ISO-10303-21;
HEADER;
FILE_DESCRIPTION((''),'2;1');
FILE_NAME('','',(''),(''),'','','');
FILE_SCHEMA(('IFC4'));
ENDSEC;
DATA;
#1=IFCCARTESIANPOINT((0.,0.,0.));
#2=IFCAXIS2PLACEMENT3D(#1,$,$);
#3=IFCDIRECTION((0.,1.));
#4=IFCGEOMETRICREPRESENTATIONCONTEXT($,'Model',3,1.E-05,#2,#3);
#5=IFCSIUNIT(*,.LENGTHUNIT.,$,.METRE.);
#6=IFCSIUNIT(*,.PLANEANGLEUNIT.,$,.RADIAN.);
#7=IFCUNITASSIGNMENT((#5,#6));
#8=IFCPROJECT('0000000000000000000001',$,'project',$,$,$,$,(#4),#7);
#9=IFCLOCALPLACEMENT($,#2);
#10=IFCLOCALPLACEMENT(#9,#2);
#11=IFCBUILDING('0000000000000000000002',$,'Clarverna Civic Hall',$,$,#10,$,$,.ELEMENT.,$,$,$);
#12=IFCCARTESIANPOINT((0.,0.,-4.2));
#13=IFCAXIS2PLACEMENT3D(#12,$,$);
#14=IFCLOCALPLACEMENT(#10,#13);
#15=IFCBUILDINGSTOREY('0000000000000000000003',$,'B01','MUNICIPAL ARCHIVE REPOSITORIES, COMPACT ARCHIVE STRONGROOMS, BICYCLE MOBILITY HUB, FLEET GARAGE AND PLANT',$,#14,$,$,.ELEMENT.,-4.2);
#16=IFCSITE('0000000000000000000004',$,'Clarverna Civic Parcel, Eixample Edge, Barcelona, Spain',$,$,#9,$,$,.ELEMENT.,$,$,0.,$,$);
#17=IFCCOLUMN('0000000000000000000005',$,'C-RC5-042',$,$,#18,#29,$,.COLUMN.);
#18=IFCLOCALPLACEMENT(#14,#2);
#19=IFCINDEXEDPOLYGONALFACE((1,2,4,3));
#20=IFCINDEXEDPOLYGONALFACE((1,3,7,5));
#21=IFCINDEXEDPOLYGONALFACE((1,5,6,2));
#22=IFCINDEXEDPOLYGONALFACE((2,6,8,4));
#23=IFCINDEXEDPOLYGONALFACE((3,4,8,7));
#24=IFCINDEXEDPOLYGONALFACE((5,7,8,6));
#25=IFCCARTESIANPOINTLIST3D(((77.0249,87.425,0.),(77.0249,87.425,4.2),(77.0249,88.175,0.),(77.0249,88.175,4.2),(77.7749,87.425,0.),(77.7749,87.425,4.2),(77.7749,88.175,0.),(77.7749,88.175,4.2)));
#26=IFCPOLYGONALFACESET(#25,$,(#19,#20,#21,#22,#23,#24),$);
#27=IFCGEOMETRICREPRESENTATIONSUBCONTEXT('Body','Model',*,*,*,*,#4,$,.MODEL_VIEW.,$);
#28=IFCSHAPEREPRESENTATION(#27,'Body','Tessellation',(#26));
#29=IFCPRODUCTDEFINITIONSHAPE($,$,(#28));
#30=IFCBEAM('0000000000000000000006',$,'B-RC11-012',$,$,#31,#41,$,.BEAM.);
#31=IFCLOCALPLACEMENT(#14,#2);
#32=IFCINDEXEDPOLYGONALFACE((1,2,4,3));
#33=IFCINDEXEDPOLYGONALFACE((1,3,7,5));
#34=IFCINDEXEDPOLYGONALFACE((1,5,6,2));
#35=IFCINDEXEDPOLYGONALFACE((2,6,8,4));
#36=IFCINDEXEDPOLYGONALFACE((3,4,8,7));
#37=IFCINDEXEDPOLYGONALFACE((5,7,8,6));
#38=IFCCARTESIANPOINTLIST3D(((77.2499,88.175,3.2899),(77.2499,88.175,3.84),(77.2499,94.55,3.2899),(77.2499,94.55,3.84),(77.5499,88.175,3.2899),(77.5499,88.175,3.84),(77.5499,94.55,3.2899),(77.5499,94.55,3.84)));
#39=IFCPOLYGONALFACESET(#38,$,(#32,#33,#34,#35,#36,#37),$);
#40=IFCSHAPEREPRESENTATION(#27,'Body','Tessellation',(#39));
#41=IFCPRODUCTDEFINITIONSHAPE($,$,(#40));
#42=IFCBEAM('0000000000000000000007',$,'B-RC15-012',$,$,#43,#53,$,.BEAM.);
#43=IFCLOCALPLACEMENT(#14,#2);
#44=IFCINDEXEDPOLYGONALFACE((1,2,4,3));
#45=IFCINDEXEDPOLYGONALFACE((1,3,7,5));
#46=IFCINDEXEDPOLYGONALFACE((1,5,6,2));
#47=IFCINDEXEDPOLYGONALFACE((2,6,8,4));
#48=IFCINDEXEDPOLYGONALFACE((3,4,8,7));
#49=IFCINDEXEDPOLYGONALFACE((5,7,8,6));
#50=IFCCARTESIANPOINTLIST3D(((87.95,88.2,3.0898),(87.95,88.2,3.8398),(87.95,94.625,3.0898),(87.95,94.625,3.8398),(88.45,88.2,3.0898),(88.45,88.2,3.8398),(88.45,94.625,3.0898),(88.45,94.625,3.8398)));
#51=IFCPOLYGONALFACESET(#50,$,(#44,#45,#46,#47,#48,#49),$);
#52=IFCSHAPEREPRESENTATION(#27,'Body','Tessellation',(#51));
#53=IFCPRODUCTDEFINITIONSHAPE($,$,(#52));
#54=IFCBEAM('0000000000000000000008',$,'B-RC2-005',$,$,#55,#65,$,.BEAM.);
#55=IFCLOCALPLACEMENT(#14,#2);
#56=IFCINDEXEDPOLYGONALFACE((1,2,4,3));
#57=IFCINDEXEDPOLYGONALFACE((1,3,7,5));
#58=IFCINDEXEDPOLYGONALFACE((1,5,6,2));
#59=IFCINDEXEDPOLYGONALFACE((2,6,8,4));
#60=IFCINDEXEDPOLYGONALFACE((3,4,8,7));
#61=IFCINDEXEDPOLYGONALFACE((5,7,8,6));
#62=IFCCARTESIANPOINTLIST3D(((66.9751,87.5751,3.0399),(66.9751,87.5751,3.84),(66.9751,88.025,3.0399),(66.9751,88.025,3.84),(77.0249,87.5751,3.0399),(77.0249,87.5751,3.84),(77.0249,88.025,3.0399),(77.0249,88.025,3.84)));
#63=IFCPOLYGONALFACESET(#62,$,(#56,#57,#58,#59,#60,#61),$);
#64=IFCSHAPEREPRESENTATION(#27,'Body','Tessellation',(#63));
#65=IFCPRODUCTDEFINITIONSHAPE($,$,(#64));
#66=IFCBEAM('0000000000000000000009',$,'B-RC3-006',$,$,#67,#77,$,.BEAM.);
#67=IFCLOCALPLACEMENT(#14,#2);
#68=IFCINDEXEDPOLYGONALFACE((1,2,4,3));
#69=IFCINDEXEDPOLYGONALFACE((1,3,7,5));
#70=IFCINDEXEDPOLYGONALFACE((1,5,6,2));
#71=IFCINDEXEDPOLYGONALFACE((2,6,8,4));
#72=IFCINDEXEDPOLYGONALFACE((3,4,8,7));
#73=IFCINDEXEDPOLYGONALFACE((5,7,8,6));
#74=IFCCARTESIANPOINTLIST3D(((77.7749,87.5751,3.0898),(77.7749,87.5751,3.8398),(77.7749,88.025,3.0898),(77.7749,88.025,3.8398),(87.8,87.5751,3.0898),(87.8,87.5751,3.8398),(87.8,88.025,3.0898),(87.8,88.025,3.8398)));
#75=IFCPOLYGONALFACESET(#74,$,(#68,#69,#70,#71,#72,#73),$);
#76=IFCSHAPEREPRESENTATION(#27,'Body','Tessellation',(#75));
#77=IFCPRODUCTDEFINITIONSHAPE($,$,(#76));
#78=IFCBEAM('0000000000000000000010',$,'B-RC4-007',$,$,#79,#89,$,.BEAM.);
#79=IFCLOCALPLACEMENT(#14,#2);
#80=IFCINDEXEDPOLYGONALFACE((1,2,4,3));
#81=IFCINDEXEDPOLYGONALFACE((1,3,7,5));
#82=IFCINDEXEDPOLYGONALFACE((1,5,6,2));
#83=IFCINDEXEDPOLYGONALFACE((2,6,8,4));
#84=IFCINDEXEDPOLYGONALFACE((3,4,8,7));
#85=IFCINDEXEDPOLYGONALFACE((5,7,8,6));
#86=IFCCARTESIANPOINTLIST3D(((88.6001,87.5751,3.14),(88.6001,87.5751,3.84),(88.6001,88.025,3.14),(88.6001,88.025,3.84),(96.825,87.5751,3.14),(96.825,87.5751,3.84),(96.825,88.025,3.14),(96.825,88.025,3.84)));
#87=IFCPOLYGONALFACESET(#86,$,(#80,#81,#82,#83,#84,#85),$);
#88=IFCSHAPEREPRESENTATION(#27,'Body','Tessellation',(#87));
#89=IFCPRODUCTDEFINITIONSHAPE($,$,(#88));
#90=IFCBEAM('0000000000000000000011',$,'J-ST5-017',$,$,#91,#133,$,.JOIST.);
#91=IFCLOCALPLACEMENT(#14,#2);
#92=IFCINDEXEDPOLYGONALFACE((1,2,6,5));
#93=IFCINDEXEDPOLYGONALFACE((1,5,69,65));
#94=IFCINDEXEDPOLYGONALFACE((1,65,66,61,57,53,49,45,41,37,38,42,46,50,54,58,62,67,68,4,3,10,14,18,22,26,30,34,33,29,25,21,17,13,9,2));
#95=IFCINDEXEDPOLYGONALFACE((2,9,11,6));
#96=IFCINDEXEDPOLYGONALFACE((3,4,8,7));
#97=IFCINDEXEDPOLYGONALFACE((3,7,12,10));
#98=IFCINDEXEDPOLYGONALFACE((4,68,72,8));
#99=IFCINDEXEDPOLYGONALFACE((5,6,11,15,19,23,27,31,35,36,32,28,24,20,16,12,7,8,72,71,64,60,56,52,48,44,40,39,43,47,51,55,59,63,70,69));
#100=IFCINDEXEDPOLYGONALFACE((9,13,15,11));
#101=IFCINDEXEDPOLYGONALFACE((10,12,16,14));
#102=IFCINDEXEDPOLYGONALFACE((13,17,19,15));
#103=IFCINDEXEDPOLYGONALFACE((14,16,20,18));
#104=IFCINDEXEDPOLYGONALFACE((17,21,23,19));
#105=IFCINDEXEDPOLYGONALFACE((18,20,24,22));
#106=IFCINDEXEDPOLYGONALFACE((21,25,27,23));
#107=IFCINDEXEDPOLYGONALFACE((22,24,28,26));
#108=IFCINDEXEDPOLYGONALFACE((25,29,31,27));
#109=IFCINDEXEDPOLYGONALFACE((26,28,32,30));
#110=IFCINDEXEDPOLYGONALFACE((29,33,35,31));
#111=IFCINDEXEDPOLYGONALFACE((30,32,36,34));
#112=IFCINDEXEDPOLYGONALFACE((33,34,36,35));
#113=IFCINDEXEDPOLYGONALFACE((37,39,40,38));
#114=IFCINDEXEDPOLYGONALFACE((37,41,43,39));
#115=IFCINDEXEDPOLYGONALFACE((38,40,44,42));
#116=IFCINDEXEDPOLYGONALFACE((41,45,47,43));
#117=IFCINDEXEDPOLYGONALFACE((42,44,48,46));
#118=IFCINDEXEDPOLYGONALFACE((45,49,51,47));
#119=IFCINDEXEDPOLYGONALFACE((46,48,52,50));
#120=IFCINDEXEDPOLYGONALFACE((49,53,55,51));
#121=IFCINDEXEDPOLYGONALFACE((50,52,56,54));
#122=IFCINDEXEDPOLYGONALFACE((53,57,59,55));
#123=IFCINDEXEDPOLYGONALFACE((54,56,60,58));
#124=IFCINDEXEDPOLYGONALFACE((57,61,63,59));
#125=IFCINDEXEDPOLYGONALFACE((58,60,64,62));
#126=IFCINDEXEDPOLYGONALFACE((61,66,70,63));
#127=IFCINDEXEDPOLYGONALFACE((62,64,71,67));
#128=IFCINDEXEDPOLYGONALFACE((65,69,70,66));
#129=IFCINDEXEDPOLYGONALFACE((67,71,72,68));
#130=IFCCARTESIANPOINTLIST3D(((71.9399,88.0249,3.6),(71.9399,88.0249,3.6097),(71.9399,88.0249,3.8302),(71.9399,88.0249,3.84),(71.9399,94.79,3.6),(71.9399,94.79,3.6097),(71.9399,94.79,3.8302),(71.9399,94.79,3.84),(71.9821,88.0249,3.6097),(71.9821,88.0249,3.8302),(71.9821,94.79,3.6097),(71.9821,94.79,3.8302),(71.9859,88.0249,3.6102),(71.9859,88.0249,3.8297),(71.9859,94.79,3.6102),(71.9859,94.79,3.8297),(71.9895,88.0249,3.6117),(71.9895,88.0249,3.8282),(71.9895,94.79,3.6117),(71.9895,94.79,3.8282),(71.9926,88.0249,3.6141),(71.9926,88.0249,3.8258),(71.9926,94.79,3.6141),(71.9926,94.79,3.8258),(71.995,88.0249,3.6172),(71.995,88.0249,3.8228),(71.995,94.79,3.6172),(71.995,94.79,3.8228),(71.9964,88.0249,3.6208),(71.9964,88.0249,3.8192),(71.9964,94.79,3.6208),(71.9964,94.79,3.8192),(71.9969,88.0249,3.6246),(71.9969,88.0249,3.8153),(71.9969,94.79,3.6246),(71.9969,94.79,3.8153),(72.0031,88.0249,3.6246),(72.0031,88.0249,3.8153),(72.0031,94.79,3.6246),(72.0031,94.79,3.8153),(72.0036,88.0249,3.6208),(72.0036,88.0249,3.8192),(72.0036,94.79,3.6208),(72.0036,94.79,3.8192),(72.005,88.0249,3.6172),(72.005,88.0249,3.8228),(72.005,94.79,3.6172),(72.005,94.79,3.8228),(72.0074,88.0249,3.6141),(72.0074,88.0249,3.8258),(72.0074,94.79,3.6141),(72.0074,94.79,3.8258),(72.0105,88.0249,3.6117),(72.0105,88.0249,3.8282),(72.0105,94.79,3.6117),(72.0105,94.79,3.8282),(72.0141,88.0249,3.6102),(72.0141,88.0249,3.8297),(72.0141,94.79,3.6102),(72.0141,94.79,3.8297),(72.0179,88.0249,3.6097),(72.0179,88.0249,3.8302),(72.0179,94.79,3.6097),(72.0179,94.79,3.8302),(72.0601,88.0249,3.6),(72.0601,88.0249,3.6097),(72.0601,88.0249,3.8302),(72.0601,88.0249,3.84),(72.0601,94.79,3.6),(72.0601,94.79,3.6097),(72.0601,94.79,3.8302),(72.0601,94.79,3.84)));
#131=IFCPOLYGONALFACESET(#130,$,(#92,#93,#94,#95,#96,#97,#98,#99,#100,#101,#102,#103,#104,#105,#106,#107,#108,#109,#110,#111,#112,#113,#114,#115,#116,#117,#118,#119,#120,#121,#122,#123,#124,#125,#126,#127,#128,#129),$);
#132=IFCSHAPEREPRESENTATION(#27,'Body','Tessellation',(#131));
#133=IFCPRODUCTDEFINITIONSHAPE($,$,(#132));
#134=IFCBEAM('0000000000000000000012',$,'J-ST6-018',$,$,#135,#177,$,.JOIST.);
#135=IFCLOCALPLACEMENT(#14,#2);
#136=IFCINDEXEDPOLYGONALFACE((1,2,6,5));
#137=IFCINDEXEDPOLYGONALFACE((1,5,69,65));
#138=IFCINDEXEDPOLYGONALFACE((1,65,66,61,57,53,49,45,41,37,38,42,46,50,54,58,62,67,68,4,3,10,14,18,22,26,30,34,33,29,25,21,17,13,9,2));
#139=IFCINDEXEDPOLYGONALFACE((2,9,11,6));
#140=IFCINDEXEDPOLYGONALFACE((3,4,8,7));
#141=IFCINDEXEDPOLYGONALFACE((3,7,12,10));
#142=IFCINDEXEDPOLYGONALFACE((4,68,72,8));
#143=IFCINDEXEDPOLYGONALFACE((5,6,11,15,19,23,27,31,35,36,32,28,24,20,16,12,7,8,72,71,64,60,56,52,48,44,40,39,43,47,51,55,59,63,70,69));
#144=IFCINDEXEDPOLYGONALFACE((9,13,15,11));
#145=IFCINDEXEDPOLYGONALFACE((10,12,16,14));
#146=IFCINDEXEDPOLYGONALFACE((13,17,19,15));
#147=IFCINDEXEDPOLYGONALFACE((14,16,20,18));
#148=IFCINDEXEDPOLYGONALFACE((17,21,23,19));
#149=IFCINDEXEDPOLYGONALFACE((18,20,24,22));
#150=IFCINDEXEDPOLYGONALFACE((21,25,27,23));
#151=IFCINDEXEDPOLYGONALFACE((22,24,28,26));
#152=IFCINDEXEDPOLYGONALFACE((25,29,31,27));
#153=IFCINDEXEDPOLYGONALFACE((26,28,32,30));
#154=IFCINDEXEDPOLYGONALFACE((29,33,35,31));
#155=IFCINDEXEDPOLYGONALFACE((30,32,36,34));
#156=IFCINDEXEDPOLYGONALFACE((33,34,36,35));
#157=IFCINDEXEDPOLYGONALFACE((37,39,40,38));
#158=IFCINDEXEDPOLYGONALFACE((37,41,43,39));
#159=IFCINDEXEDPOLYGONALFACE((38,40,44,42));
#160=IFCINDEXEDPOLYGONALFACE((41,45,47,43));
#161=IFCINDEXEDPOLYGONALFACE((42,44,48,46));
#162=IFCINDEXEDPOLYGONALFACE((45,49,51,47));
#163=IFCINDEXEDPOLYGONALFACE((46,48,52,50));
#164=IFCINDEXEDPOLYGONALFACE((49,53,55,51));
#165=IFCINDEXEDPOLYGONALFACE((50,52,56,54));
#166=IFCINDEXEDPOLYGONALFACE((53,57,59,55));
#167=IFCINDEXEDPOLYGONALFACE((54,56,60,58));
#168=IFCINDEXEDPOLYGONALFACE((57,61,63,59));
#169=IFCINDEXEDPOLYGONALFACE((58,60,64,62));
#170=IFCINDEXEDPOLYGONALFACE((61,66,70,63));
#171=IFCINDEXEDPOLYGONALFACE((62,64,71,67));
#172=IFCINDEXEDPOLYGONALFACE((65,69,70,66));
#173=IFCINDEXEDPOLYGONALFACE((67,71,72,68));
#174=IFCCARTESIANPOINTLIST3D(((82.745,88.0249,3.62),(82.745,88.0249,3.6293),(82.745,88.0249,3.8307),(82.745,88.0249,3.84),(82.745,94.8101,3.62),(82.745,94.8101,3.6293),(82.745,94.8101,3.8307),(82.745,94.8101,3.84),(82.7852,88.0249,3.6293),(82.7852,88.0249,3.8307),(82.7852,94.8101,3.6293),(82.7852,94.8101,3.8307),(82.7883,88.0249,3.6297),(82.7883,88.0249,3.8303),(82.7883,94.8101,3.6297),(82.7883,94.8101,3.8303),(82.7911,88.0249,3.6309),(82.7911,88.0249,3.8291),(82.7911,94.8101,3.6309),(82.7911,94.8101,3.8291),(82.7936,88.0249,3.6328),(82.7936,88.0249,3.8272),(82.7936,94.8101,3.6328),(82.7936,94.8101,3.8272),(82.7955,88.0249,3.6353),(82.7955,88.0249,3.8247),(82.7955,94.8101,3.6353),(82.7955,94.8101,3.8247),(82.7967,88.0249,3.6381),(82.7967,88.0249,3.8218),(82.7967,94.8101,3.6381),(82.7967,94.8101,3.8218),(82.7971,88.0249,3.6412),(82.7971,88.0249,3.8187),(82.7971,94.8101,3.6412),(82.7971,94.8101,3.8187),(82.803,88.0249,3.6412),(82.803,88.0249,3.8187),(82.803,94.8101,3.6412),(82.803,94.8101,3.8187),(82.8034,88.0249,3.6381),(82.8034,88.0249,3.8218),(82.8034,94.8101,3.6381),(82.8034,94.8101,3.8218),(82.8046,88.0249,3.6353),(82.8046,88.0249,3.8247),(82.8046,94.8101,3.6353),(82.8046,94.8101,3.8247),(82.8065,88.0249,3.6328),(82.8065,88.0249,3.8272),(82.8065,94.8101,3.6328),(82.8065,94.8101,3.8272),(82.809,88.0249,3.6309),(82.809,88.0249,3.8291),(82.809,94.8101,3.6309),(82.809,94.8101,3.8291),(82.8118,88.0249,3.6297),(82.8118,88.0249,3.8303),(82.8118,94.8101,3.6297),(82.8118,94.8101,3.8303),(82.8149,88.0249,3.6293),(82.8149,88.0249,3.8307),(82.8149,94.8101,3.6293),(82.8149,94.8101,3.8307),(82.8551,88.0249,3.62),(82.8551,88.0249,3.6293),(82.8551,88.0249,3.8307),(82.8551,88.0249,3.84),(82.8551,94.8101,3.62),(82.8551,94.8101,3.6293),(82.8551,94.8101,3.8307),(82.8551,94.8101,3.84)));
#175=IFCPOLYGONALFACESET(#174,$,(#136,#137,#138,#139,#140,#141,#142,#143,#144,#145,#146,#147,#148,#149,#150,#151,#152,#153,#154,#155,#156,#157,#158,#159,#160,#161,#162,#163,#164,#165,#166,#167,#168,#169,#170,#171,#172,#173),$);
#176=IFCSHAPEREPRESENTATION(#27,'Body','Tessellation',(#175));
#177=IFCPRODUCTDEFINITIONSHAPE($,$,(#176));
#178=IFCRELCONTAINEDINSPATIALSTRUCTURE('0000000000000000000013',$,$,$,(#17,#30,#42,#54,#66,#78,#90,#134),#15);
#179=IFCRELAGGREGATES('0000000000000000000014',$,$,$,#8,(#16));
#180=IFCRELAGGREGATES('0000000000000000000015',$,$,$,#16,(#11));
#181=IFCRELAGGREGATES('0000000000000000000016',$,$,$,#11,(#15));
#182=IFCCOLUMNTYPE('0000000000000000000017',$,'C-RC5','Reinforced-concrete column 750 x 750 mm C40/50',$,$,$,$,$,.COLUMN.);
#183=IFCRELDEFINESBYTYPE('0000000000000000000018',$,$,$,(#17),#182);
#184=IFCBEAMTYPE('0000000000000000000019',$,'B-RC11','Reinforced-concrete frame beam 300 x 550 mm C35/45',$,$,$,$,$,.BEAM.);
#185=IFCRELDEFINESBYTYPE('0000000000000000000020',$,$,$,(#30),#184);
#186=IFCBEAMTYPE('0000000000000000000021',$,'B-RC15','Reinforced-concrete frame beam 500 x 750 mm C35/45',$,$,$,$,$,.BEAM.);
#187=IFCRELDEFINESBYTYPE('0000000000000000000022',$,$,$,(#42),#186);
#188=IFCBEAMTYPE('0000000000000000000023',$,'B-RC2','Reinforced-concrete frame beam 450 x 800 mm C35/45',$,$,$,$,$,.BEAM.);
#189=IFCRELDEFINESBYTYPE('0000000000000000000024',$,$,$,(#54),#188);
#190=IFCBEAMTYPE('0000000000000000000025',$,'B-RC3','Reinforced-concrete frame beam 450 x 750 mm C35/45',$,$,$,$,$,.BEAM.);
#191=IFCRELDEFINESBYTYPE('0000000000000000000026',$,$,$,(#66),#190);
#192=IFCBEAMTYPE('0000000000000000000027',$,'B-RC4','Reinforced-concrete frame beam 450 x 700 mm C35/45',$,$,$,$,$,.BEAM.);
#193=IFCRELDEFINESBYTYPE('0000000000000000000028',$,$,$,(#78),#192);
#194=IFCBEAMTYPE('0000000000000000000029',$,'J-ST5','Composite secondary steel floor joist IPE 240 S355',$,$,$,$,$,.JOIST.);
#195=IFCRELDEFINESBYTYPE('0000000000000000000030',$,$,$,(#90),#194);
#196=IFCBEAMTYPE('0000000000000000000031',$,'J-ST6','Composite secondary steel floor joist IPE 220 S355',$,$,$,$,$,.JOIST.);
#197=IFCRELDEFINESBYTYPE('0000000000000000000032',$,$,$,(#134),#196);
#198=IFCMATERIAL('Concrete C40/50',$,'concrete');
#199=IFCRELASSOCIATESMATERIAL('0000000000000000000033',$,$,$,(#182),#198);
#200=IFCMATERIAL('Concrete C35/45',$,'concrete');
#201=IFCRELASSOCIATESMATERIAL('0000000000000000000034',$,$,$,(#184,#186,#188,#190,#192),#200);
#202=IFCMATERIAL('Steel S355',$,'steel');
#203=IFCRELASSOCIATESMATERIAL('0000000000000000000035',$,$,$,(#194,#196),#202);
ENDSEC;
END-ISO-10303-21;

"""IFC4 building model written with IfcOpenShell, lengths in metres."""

from ifc_helpers import new_model, si_unit, direction, frame, origin, origin_2d, place, context, subcontext, project, spatial, rectangle, i_section, extrude, material, material_profile, profile_set, type_object, element, save


model = new_model("IFC4")

# Units and contexts
model_context = context("Model", 3, precision=1e-05, world=origin(), true_north=direction((0.0, 1.0)))
body_context = subcontext(model_context, "Body", "Model", "MODEL_VIEW")
ifc_project = project(units=[si_unit("LENGTHUNIT", "METRE"), si_unit("PLANEANGLEUNIT", "RADIAN")], contexts=[model_context])

# Site, building, storey
site_placement = place(None, origin())
site = spatial("IfcSite", under=ifc_project, at=site_placement, Name="Clarverna Civic Parcel, Eixample Edge, Barcelona, Spain", CompositionType="ELEMENT", RefElevation=0.0)
building_placement = place(site_placement, origin())
building = spatial("IfcBuilding", under=site, at=building_placement, Name="Clarverna Civic Hall", CompositionType="ELEMENT")
storey_placement = place(building_placement, frame((0.0, 0.0, -4.2)))
storey = spatial("IfcBuildingStorey", under=building, at=storey_placement, Name="B01", Description="MUNICIPAL ARCHIVE REPOSITORIES, COMPACT ARCHIVE STRONGROOMS, BICYCLE MOBILITY HUB, FLEET GARAGE AND PLANT", CompositionType="ELEMENT", Elevation=-4.2)

# Column
ifc_material_1 = material(Name="Concrete C40/50", Category="concrete")
ifc_material_profile_1 = material_profile(ifc_material_1, rectangle(XDim=0.75, YDim=0.75, at=origin_2d()), Name="RC 750x750")
ifc_profile_set_1 = profile_set([ifc_material_profile_1], Name="Concrete C40/50")
column_type_1 = type_object("IfcColumnType", Name="C-RC5", Description="Reinforced-concrete column 750 x 750 mm C40/50", PredefinedType="COLUMN", material=ifc_profile_set_1)
column_1_placement = place(storey_placement, frame((77.3999, 87.8, 0.0), z_axis=(0.0, 0.0, 1.0), x_axis=(1.0, 0.0, 0.0)))
element("IfcColumn", 1, at=column_1_placement, inside=storey, type_object=column_type_1, Name="C-RC5-042", PredefinedType="COLUMN", context=body_context, shape_type="SweptSolid", body=[
    extrude(rectangle(XDim=0.75, YDim=0.75, at=origin_2d()), origin(), (0.0, 0.0, 1.0), 4.2),
])

# Beams
ifc_material_2 = material(Name="Concrete C35/45", Category="concrete")
ifc_material_profile_2 = material_profile(ifc_material_2, rectangle(XDim=0.3, YDim=0.55, at=origin_2d()), Name="RC 300x550")
ifc_profile_set_2 = profile_set([ifc_material_profile_2], Name="Concrete C35/45")
beam_type_1 = type_object("IfcBeamType", Name="B-RC11", Description="Reinforced-concrete frame beam 300 x 550 mm C35/45", PredefinedType="BEAM", material=ifc_profile_set_2)
beam_1_placement = place(storey_placement, frame((77.3999, 88.175, 3.5649), z_axis=(0.0, 1.0, 0.0), x_axis=(-1.0, 0.0, 0.0)))
element("IfcBeam", 2, at=beam_1_placement, inside=storey, type_object=beam_type_1, Name="B-RC11-012", PredefinedType="BEAM", context=body_context, shape_type="SweptSolid", body=[
    extrude(rectangle(XDim=0.3, YDim=0.55, at=origin_2d()), origin(), (0.0, 0.0, 1.0), 6.375),
])
ifc_material_profile_3 = material_profile(ifc_material_2, rectangle(XDim=0.5, YDim=0.75, at=origin_2d()), Name="RC 500x750")
ifc_profile_set_3 = profile_set([ifc_material_profile_3], Name="Concrete C35/45")
beam_type_2 = type_object("IfcBeamType", Name="B-RC15", Description="Reinforced-concrete frame beam 500 x 750 mm C35/45", PredefinedType="BEAM", material=ifc_profile_set_3)
beam_2_placement = place(storey_placement, frame((88.2, 88.2, 3.4648), z_axis=(0.0, 1.0, 0.0), x_axis=(-1.0, 0.0, 0.0)))
element("IfcBeam", 3, at=beam_2_placement, inside=storey, type_object=beam_type_2, Name="B-RC15-012", PredefinedType="BEAM", context=body_context, shape_type="SweptSolid", body=[
    extrude(rectangle(XDim=0.5, YDim=0.75, at=origin_2d()), origin(), (0.0, 0.0, 1.0), 6.425),
])
ifc_material_profile_4 = material_profile(ifc_material_2, rectangle(XDim=0.45, YDim=0.8, at=origin_2d()), Name="RC 450x800")
ifc_profile_set_4 = profile_set([ifc_material_profile_4], Name="Concrete C35/45")
beam_type_3 = type_object("IfcBeamType", Name="B-RC2", Description="Reinforced-concrete frame beam 450 x 800 mm C35/45", PredefinedType="BEAM", material=ifc_profile_set_4)
beam_3_placement = place(storey_placement, frame((66.9751, 87.8, 3.4399), z_axis=(1.0, 0.0, 0.0), x_axis=(0.0, 1.0, 0.0)))
element("IfcBeam", 4, at=beam_3_placement, inside=storey, type_object=beam_type_3, Name="B-RC2-005", PredefinedType="BEAM", context=body_context, shape_type="SweptSolid", body=[
    extrude(rectangle(XDim=0.45, YDim=0.8, at=origin_2d()), origin(), (0.0, 0.0, 1.0), 10.0498),
])
ifc_material_profile_5 = material_profile(ifc_material_2, rectangle(XDim=0.45, YDim=0.75, at=origin_2d()), Name="RC 450x750")
ifc_profile_set_5 = profile_set([ifc_material_profile_5], Name="Concrete C35/45")
beam_type_4 = type_object("IfcBeamType", Name="B-RC3", Description="Reinforced-concrete frame beam 450 x 750 mm C35/45", PredefinedType="BEAM", material=ifc_profile_set_5)
beam_4_placement = place(storey_placement, frame((77.7749, 87.8, 3.4648), z_axis=(1.0, 0.0, 0.0), x_axis=(0.0, 1.0, 0.0)))
element("IfcBeam", 5, at=beam_4_placement, inside=storey, type_object=beam_type_4, Name="B-RC3-006", PredefinedType="BEAM", context=body_context, shape_type="SweptSolid", body=[
    extrude(rectangle(XDim=0.45, YDim=0.75, at=origin_2d()), origin(), (0.0, 0.0, 1.0), 10.0251),
])
ifc_material_profile_6 = material_profile(ifc_material_2, rectangle(XDim=0.45, YDim=0.7, at=origin_2d()), Name="RC 450x700")
ifc_profile_set_6 = profile_set([ifc_material_profile_6], Name="Concrete C35/45")
beam_type_5 = type_object("IfcBeamType", Name="B-RC4", Description="Reinforced-concrete frame beam 450 x 700 mm C35/45", PredefinedType="BEAM", material=ifc_profile_set_6)
beam_5_placement = place(storey_placement, frame((88.6001, 87.8, 3.49), z_axis=(1.0, 0.0, 0.0), x_axis=(0.0, 1.0, 0.0)))
element("IfcBeam", 6, at=beam_5_placement, inside=storey, type_object=beam_type_5, Name="B-RC4-007", PredefinedType="BEAM", context=body_context, shape_type="SweptSolid", body=[
    extrude(rectangle(XDim=0.45, YDim=0.7, at=origin_2d()), origin(), (0.0, 0.0, 1.0), 8.2249),
])
ifc_material_3 = material(Name="Steel S355", Category="steel")
ifc_material_profile_7 = material_profile(ifc_material_3, i_section(OverallWidth=0.1201, OverallDepth=0.24, WebThickness=0.0061, FlangeThickness=0.0098, FilletRadius=0.0149, at=origin_2d()), Name="IPE 240")
ifc_profile_set_7 = profile_set([ifc_material_profile_7], Name="Steel S355")
beam_type_6 = type_object("IfcBeamType", Name="J-ST5", Description="Composite secondary steel floor joist IPE 240 S355", PredefinedType="JOIST", material=ifc_profile_set_7)
beam_6_placement = place(storey_placement, frame((72.0, 88.0249, 3.72), z_axis=(0.0, 1.0, 0.0), x_axis=(-1.0, 0.0, 0.0)))
element("IfcBeam", 7, at=beam_6_placement, inside=storey, type_object=beam_type_6, Name="J-ST5-017", PredefinedType="JOIST", context=body_context, shape_type="SweptSolid", body=[
    extrude(i_section(OverallWidth=0.1201, OverallDepth=0.24, WebThickness=0.0061, FlangeThickness=0.0098, FilletRadius=0.0149, at=origin_2d()), origin(), (0.0, 0.0, 1.0), 6.7651),
])
ifc_material_profile_8 = material_profile(ifc_material_3, i_section(OverallWidth=0.1101, OverallDepth=0.22, WebThickness=0.0059, FlangeThickness=0.0093, FilletRadius=0.012, at=origin_2d()), Name="IPE 220")
ifc_profile_set_8 = profile_set([ifc_material_profile_8], Name="Steel S355")
beam_type_7 = type_object("IfcBeamType", Name="J-ST6", Description="Composite secondary steel floor joist IPE 220 S355", PredefinedType="JOIST", material=ifc_profile_set_8)
beam_7_placement = place(storey_placement, frame((82.8, 88.0249, 3.73), z_axis=(0.0, 1.0, 0.0), x_axis=(-1.0, 0.0, 0.0)))
element("IfcBeam", 8, at=beam_7_placement, inside=storey, type_object=beam_type_7, Name="J-ST6-018", PredefinedType="JOIST", context=body_context, shape_type="SweptSolid", body=[
    extrude(i_section(OverallWidth=0.1101, OverallDepth=0.22, WebThickness=0.0059, FlangeThickness=0.0093, FilletRadius=0.012, at=origin_2d()), origin(), (0.0, 0.0, 1.0), 6.7852),
])

save(model, "model.ifc")
